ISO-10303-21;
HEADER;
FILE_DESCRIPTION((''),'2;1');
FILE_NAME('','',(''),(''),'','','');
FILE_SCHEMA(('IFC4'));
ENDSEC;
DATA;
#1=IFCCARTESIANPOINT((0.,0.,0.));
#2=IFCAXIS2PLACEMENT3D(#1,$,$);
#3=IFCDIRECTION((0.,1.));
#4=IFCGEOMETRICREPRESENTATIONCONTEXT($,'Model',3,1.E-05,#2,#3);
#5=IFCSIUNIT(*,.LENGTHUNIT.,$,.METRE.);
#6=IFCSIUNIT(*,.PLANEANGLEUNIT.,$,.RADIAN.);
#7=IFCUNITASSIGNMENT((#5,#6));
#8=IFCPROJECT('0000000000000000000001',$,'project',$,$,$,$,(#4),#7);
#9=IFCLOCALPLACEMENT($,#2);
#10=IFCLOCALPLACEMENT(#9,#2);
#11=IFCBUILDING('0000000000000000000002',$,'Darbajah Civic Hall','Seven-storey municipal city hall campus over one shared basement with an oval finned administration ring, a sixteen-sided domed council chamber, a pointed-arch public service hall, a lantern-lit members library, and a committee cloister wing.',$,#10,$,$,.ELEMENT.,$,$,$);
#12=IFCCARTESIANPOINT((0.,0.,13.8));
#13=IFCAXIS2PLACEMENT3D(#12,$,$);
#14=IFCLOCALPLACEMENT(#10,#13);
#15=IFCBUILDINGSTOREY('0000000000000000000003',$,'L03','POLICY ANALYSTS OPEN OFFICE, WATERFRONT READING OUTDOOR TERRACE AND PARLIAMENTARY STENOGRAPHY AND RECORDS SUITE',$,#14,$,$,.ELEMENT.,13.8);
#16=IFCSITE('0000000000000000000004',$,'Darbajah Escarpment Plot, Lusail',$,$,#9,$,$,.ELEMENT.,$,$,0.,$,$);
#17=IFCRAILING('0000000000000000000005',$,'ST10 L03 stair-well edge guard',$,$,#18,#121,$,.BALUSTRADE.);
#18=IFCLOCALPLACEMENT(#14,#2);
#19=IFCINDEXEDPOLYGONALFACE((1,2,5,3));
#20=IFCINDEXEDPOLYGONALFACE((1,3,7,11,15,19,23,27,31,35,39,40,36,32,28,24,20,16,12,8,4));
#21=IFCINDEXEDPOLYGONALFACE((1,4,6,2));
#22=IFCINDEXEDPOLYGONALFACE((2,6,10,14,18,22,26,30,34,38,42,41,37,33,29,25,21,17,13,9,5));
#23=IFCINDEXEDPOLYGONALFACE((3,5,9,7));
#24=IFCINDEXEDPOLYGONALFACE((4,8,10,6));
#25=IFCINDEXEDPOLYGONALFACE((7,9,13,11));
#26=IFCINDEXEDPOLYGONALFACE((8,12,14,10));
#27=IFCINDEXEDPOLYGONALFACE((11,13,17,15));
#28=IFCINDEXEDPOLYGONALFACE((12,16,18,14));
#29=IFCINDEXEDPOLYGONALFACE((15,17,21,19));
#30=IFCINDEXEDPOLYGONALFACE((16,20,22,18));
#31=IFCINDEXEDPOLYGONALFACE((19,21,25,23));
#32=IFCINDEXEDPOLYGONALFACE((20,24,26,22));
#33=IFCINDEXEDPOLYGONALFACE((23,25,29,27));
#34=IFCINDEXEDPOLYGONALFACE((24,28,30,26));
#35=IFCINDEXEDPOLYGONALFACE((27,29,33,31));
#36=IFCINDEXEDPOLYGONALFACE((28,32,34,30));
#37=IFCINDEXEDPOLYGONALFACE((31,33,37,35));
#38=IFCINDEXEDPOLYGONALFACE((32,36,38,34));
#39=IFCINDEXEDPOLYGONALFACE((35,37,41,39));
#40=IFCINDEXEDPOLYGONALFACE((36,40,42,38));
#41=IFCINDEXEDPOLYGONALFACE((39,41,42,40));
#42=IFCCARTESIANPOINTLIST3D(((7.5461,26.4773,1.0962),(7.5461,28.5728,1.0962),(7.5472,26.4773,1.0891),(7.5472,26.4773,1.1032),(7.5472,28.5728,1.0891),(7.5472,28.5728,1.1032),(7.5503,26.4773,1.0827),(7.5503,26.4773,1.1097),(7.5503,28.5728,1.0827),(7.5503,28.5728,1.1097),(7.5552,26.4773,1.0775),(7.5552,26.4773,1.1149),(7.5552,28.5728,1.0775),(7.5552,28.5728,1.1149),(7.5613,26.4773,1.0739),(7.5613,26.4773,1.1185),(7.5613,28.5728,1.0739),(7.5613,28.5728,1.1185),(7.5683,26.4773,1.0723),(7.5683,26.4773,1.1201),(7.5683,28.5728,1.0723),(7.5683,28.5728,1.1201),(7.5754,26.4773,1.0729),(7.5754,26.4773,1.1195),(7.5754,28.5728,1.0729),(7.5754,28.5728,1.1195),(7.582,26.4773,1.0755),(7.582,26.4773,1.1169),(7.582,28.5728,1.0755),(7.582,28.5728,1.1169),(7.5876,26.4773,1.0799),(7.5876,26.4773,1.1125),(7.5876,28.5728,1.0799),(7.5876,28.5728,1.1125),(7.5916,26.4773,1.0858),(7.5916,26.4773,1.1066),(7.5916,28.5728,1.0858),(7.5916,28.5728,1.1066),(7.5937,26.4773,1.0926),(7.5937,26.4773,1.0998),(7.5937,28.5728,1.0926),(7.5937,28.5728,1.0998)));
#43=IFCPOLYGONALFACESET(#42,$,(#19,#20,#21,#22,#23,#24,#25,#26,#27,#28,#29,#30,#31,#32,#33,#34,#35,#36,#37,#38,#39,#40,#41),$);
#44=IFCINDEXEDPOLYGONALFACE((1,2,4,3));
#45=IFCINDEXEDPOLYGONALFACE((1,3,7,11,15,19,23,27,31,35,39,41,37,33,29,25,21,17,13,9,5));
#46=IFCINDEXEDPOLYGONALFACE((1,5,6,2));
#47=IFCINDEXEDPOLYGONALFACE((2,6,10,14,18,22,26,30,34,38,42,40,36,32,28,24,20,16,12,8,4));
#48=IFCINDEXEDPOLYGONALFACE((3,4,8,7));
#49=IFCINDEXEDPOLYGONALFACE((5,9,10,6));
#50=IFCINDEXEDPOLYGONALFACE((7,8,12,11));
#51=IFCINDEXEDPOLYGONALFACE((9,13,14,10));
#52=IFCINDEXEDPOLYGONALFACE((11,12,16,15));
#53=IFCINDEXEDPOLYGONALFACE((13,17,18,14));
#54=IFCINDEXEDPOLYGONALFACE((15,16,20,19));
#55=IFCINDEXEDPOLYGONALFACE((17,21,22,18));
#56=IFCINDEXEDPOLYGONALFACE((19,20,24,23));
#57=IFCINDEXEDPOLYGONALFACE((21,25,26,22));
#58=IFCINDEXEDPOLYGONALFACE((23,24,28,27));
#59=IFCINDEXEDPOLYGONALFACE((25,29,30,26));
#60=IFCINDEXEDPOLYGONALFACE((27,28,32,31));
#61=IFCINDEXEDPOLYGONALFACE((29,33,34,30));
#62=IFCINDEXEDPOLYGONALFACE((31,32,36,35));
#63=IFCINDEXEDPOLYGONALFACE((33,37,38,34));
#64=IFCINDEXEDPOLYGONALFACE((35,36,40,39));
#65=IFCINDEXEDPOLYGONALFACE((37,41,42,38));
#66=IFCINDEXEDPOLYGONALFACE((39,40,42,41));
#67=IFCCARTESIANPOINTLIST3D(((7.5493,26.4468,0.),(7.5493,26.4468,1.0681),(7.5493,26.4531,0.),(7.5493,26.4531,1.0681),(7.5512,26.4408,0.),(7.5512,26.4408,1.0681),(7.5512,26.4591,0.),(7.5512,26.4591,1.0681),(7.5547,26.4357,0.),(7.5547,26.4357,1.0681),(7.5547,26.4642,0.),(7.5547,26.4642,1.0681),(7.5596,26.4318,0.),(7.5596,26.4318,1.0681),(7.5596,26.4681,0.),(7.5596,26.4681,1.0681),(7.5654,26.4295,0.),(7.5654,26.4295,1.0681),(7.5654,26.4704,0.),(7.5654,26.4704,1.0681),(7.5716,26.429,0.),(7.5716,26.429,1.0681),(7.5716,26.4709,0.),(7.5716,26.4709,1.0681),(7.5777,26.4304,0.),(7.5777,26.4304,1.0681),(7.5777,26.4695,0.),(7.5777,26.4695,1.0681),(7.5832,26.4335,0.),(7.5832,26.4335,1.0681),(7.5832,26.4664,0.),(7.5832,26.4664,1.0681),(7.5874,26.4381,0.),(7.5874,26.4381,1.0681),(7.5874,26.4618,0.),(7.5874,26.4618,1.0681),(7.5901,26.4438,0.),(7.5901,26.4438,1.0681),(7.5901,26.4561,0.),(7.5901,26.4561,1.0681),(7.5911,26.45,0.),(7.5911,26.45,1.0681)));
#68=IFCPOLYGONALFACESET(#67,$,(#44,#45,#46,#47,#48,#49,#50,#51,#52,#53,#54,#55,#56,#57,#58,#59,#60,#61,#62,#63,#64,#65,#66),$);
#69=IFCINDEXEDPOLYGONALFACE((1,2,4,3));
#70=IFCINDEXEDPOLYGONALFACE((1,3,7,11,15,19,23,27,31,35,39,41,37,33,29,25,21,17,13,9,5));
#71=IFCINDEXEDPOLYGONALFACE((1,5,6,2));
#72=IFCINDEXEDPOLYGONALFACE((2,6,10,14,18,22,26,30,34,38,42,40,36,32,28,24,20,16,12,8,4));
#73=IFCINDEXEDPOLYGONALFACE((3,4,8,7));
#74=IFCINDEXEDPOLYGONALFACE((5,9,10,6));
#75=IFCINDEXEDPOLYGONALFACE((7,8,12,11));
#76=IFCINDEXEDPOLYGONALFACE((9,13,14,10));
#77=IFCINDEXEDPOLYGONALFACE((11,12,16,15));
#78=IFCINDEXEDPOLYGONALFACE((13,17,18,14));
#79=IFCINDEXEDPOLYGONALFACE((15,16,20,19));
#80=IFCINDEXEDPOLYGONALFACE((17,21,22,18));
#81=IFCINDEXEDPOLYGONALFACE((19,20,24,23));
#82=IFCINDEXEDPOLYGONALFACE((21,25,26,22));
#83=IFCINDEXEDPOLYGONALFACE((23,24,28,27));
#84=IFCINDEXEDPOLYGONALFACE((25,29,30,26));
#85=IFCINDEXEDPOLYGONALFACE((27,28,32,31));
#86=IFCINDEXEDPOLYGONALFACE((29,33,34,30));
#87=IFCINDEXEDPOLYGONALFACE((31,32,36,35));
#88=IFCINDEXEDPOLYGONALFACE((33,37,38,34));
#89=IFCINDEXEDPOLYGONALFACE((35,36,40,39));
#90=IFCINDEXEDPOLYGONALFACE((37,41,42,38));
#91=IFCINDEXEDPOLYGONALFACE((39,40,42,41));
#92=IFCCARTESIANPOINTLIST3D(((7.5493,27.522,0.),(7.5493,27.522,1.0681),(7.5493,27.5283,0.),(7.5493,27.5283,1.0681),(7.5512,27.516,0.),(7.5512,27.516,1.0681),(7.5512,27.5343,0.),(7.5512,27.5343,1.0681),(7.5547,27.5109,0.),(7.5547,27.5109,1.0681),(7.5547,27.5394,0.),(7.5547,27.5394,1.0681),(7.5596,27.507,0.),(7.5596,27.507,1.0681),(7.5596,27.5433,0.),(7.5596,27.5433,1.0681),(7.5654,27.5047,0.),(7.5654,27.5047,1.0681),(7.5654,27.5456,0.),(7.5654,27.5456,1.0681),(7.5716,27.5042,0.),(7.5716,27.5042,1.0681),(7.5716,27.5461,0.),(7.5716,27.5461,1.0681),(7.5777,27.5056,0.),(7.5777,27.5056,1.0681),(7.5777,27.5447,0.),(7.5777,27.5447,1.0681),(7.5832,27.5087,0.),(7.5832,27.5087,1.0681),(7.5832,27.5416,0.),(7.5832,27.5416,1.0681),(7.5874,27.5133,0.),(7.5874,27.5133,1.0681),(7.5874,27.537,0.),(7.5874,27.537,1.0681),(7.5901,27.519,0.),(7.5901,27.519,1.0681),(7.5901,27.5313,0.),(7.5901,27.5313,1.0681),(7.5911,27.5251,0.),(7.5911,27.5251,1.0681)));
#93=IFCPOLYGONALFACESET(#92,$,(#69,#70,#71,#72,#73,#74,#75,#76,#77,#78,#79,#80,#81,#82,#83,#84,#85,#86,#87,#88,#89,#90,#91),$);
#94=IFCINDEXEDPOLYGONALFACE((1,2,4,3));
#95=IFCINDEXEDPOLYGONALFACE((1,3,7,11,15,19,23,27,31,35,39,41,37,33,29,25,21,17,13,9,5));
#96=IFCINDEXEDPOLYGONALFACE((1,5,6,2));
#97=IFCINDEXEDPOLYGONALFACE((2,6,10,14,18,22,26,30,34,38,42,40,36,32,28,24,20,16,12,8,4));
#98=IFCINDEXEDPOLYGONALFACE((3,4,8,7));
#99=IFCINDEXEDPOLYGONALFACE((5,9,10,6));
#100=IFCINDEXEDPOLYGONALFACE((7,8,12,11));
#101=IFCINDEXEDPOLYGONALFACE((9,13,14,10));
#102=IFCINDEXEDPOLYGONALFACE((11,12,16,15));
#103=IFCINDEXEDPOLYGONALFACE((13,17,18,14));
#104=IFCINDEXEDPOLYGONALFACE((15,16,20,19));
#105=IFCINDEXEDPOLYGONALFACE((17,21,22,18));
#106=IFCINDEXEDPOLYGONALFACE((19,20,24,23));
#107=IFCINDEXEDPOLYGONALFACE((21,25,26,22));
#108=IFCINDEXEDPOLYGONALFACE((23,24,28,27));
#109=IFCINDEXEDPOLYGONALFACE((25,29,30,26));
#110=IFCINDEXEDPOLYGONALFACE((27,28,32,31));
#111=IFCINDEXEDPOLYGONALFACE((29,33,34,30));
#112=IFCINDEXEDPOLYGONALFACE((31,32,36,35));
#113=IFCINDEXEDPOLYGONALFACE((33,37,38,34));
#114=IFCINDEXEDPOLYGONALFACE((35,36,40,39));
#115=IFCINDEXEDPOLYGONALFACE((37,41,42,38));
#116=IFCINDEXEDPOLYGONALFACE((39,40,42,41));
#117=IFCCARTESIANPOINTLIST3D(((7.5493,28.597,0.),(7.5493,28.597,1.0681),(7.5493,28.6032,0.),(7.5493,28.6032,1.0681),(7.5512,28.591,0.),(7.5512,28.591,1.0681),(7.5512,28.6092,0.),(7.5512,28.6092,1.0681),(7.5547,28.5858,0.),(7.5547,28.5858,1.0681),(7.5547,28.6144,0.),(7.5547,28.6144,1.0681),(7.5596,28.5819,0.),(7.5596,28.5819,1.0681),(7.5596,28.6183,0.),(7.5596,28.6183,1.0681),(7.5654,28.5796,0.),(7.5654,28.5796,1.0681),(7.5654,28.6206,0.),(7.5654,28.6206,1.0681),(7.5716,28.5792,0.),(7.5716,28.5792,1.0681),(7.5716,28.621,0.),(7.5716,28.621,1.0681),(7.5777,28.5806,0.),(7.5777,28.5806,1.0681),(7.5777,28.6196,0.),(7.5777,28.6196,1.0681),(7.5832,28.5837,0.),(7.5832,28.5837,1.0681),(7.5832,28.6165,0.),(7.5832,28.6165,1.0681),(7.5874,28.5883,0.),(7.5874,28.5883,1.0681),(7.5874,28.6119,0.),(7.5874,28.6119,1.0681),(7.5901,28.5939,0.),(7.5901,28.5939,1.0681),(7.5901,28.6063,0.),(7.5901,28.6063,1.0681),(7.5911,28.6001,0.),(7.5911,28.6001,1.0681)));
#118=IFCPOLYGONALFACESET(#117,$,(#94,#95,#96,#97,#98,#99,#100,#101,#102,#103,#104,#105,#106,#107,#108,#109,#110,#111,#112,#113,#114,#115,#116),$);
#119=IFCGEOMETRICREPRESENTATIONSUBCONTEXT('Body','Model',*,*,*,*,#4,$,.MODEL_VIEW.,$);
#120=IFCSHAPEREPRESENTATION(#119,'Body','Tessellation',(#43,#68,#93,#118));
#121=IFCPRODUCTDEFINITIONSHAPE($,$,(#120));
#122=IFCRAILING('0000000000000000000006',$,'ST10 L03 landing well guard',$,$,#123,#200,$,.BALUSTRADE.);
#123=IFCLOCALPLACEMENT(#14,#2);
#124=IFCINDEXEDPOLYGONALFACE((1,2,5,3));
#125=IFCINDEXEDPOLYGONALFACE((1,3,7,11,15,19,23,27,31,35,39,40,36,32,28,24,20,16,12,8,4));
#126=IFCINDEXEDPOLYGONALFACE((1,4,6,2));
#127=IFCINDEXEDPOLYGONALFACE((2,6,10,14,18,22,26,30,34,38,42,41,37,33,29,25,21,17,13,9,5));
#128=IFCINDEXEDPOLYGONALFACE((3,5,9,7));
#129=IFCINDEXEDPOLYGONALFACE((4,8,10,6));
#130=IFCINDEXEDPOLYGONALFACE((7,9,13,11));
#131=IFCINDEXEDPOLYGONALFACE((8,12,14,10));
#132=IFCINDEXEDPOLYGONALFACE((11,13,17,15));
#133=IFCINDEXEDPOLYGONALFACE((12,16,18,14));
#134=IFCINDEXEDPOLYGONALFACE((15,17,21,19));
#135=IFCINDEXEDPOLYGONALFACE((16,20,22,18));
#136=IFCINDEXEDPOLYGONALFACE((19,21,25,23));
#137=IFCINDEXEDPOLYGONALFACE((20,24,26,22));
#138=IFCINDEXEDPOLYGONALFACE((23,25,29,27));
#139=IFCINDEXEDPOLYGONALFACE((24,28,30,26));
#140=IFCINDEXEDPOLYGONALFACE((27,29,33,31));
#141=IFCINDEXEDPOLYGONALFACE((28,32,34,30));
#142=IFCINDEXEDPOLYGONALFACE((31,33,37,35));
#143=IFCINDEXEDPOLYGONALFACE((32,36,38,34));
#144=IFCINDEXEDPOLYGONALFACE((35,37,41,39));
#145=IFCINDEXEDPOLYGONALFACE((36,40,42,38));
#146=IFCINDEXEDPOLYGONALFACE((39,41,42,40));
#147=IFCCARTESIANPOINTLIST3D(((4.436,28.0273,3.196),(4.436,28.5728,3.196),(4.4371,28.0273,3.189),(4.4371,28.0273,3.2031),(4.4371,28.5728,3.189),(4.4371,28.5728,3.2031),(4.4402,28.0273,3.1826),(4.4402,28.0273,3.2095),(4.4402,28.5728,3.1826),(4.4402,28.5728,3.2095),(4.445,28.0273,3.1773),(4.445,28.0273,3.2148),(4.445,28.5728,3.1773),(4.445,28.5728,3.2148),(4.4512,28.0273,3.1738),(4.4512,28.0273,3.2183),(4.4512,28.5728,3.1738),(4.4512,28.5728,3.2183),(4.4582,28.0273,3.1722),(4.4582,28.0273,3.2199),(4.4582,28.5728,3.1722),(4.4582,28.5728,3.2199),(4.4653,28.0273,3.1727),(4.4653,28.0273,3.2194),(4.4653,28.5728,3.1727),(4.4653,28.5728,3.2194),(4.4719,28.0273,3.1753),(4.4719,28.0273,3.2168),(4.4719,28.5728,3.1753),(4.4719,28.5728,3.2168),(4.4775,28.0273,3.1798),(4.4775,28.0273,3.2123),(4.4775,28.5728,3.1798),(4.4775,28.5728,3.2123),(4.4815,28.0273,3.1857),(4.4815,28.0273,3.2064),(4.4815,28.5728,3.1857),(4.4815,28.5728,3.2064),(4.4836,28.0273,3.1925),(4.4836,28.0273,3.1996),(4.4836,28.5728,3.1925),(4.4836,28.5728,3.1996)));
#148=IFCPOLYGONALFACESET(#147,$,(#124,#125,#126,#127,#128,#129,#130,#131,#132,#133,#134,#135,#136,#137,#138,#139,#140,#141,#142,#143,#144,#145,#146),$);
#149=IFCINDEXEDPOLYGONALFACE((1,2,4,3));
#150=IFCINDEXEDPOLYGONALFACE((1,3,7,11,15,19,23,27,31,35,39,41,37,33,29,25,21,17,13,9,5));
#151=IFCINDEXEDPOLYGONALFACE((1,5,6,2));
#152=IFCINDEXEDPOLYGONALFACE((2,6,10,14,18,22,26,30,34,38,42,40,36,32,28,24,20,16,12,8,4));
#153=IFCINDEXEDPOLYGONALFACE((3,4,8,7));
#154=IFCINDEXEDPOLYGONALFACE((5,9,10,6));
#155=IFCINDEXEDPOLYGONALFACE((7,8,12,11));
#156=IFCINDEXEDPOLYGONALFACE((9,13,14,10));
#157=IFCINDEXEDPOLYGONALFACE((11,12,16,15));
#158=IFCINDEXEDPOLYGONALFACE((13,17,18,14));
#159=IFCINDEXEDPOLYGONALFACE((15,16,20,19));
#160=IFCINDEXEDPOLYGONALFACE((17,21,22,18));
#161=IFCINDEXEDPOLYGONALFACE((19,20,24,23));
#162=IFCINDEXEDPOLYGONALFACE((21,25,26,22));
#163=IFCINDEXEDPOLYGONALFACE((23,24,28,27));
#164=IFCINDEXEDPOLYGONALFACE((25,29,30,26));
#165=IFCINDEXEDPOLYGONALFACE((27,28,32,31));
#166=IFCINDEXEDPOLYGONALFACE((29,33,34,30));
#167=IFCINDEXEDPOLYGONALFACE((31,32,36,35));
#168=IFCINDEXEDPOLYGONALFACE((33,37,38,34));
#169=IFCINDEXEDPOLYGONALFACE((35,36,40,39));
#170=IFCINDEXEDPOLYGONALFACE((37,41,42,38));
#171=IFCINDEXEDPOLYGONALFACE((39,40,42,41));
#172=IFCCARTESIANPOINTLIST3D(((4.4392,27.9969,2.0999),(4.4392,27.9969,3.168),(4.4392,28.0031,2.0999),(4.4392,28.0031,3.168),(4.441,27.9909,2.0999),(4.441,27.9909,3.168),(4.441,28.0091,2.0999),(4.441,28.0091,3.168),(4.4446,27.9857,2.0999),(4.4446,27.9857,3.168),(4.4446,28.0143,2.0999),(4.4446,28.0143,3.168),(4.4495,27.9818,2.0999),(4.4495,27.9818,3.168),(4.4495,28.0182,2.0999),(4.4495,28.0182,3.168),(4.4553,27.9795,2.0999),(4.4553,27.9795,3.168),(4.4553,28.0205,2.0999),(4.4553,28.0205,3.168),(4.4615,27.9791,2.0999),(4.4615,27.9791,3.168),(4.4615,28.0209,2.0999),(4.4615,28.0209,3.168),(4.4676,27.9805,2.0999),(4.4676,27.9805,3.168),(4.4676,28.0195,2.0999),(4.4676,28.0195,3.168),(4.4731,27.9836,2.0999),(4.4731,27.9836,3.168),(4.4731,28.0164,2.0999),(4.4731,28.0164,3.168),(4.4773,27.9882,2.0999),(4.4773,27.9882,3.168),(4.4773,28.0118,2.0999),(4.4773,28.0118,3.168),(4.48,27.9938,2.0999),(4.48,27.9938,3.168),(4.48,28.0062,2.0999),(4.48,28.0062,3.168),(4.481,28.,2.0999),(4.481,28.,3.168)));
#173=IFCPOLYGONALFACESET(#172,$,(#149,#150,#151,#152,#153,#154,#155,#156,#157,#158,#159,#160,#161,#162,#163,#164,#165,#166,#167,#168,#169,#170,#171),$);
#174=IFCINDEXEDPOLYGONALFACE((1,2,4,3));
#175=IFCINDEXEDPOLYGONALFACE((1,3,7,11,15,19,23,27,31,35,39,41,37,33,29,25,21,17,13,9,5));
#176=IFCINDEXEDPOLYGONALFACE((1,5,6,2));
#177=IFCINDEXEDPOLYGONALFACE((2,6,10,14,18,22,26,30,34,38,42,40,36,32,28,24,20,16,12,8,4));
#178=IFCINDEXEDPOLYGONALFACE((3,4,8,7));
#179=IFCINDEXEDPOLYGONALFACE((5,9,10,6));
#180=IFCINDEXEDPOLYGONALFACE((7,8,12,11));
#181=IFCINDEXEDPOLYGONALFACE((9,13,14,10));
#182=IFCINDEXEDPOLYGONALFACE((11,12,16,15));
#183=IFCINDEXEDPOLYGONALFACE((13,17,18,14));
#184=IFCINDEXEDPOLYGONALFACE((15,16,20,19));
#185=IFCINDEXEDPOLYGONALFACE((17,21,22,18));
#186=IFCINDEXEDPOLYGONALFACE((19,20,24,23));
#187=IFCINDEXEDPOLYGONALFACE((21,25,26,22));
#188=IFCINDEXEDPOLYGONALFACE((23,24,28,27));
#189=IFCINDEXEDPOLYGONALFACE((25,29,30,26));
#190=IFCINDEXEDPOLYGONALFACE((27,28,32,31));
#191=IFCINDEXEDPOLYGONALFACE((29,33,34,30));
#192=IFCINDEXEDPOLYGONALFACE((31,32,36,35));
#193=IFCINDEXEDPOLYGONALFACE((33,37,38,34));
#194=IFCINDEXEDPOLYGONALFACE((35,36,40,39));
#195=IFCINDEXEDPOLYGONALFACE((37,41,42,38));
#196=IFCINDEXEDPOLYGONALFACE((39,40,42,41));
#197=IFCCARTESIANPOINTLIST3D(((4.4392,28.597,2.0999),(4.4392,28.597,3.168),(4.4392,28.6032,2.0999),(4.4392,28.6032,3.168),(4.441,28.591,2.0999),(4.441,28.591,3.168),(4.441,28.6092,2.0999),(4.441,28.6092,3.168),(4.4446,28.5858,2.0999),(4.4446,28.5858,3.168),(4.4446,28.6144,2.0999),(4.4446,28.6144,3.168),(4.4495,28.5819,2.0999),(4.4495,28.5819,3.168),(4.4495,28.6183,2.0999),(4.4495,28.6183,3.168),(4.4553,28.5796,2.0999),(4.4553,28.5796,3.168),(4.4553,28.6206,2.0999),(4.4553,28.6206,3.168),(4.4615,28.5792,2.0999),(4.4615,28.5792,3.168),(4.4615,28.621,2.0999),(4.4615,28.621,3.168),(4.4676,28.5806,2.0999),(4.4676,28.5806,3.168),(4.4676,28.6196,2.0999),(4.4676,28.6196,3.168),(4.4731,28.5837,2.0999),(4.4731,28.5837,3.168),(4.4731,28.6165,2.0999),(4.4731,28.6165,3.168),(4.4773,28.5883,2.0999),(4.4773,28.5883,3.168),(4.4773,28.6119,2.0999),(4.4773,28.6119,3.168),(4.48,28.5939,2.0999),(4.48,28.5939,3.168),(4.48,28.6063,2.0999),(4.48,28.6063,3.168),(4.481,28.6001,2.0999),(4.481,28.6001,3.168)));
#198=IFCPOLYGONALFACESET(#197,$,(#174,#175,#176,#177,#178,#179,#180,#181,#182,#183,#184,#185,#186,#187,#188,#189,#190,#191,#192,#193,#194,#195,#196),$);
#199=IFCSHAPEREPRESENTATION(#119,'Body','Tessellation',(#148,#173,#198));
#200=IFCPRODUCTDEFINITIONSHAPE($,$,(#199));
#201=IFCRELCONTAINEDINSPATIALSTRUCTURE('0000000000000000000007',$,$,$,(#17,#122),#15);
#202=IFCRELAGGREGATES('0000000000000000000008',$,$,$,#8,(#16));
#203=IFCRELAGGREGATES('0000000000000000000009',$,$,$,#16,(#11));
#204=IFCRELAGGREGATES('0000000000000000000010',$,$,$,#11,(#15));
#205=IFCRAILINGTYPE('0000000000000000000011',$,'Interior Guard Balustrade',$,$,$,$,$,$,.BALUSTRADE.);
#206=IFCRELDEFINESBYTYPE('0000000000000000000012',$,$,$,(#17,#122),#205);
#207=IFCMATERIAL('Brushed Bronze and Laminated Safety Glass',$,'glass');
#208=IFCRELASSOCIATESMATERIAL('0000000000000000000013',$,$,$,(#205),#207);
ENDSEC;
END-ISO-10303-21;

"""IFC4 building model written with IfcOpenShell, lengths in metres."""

from ifc_helpers import new_model, si_unit, direction, frame, origin, origin_2d, place, context, subcontext, project, spatial, circle, extrude, material, type_object, element, save


model = new_model("IFC4")

# Units and contexts
model_context = context("Model", 3, precision=1e-05, world=origin(), true_north=direction((0.0, 1.0)))
body_context = subcontext(model_context, "Body", "Model", "MODEL_VIEW")
ifc_project = project(units=[si_unit("LENGTHUNIT", "METRE"), si_unit("PLANEANGLEUNIT", "RADIAN")], contexts=[model_context])

# Site, building, storey
site_placement = place(None, origin())
site = spatial("IfcSite", under=ifc_project, at=site_placement, Name="Darbajah Escarpment Plot, Lusail", CompositionType="ELEMENT", RefElevation=0.0)
building_placement = place(site_placement, origin())
building = spatial("IfcBuilding", under=site, at=building_placement, Name="Darbajah Civic Hall", Description="Seven-storey municipal city hall campus over one shared basement with an oval finned administration ring, a sixteen-sided domed council chamber, a pointed-arch public service hall, a lantern-lit members library, and a committee cloister wing.", CompositionType="ELEMENT")
storey_placement = place(building_placement, frame((0.0, 0.0, 13.8)))
storey = spatial("IfcBuildingStorey", under=building, at=storey_placement, Name="L03", Description="POLICY ANALYSTS OPEN OFFICE, WATERFRONT READING OUTDOOR TERRACE AND PARLIAMENTARY STENOGRAPHY AND RECORDS SUITE", CompositionType="ELEMENT", Elevation=13.8)

# Railings
ifc_material_1 = material(Name="Brushed Bronze and Laminated Safety Glass", Category="glass")
railing_type_1 = type_object("IfcRailingType", Name="Interior Guard Balustrade", PredefinedType="BALUSTRADE", material=ifc_material_1)
railing_1_placement = place(storey_placement, frame((7.5701, 26.45, 0.0)))
element("IfcRailing", 1, at=railing_1_placement, inside=storey, type_object=railing_type_1, Name="ST10 L03 stair-well edge guard", PredefinedType="BALUSTRADE", context=body_context, shape_type="SweptSolid", body=[
    extrude(circle(Radius=0.0239, at=origin_2d()), frame((0.0, 0.0273, 1.0962), z_axis=(0.0, 1.0, 0.0), x_axis=(-1.0, 0.0, 0.0)), (0.0, 0.0, 1.0), 2.0955),
    extrude(circle(Radius=0.021, at=origin_2d()), origin(), (0.0, 0.0, 1.0), 1.0681),
    extrude(circle(Radius=0.021, at=origin_2d()), frame((0.0, 1.0752, 0.0)), (0.0, 0.0, 1.0), 1.0681),
    extrude(circle(Radius=0.021, at=origin_2d()), frame((0.0, 2.1501, 0.0)), (0.0, 0.0, 1.0), 1.0681),
])
railing_2_placement = place(storey_placement, frame((4.46, 28.0, 2.0999)))
element("IfcRailing", 2, at=railing_2_placement, inside=storey, type_object=railing_type_1, Name="ST10 L03 landing well guard", PredefinedType="BALUSTRADE", context=body_context, shape_type="SweptSolid", body=[
    extrude(circle(Radius=0.0239, at=origin_2d()), frame((0.0, 0.0273, 1.0962), z_axis=(0.0, 1.0, 0.0), x_axis=(-1.0, 0.0, 0.0)), (0.0, 0.0, 1.0), 0.5454),
    extrude(circle(Radius=0.021, at=origin_2d()), origin(), (0.0, 0.0, 1.0), 1.0681),
    extrude(circle(Radius=0.021, at=origin_2d()), frame((0.0, 0.6001, 0.0)), (0.0, 0.0, 1.0), 1.0681),
])

save(model, "model.ifc")
